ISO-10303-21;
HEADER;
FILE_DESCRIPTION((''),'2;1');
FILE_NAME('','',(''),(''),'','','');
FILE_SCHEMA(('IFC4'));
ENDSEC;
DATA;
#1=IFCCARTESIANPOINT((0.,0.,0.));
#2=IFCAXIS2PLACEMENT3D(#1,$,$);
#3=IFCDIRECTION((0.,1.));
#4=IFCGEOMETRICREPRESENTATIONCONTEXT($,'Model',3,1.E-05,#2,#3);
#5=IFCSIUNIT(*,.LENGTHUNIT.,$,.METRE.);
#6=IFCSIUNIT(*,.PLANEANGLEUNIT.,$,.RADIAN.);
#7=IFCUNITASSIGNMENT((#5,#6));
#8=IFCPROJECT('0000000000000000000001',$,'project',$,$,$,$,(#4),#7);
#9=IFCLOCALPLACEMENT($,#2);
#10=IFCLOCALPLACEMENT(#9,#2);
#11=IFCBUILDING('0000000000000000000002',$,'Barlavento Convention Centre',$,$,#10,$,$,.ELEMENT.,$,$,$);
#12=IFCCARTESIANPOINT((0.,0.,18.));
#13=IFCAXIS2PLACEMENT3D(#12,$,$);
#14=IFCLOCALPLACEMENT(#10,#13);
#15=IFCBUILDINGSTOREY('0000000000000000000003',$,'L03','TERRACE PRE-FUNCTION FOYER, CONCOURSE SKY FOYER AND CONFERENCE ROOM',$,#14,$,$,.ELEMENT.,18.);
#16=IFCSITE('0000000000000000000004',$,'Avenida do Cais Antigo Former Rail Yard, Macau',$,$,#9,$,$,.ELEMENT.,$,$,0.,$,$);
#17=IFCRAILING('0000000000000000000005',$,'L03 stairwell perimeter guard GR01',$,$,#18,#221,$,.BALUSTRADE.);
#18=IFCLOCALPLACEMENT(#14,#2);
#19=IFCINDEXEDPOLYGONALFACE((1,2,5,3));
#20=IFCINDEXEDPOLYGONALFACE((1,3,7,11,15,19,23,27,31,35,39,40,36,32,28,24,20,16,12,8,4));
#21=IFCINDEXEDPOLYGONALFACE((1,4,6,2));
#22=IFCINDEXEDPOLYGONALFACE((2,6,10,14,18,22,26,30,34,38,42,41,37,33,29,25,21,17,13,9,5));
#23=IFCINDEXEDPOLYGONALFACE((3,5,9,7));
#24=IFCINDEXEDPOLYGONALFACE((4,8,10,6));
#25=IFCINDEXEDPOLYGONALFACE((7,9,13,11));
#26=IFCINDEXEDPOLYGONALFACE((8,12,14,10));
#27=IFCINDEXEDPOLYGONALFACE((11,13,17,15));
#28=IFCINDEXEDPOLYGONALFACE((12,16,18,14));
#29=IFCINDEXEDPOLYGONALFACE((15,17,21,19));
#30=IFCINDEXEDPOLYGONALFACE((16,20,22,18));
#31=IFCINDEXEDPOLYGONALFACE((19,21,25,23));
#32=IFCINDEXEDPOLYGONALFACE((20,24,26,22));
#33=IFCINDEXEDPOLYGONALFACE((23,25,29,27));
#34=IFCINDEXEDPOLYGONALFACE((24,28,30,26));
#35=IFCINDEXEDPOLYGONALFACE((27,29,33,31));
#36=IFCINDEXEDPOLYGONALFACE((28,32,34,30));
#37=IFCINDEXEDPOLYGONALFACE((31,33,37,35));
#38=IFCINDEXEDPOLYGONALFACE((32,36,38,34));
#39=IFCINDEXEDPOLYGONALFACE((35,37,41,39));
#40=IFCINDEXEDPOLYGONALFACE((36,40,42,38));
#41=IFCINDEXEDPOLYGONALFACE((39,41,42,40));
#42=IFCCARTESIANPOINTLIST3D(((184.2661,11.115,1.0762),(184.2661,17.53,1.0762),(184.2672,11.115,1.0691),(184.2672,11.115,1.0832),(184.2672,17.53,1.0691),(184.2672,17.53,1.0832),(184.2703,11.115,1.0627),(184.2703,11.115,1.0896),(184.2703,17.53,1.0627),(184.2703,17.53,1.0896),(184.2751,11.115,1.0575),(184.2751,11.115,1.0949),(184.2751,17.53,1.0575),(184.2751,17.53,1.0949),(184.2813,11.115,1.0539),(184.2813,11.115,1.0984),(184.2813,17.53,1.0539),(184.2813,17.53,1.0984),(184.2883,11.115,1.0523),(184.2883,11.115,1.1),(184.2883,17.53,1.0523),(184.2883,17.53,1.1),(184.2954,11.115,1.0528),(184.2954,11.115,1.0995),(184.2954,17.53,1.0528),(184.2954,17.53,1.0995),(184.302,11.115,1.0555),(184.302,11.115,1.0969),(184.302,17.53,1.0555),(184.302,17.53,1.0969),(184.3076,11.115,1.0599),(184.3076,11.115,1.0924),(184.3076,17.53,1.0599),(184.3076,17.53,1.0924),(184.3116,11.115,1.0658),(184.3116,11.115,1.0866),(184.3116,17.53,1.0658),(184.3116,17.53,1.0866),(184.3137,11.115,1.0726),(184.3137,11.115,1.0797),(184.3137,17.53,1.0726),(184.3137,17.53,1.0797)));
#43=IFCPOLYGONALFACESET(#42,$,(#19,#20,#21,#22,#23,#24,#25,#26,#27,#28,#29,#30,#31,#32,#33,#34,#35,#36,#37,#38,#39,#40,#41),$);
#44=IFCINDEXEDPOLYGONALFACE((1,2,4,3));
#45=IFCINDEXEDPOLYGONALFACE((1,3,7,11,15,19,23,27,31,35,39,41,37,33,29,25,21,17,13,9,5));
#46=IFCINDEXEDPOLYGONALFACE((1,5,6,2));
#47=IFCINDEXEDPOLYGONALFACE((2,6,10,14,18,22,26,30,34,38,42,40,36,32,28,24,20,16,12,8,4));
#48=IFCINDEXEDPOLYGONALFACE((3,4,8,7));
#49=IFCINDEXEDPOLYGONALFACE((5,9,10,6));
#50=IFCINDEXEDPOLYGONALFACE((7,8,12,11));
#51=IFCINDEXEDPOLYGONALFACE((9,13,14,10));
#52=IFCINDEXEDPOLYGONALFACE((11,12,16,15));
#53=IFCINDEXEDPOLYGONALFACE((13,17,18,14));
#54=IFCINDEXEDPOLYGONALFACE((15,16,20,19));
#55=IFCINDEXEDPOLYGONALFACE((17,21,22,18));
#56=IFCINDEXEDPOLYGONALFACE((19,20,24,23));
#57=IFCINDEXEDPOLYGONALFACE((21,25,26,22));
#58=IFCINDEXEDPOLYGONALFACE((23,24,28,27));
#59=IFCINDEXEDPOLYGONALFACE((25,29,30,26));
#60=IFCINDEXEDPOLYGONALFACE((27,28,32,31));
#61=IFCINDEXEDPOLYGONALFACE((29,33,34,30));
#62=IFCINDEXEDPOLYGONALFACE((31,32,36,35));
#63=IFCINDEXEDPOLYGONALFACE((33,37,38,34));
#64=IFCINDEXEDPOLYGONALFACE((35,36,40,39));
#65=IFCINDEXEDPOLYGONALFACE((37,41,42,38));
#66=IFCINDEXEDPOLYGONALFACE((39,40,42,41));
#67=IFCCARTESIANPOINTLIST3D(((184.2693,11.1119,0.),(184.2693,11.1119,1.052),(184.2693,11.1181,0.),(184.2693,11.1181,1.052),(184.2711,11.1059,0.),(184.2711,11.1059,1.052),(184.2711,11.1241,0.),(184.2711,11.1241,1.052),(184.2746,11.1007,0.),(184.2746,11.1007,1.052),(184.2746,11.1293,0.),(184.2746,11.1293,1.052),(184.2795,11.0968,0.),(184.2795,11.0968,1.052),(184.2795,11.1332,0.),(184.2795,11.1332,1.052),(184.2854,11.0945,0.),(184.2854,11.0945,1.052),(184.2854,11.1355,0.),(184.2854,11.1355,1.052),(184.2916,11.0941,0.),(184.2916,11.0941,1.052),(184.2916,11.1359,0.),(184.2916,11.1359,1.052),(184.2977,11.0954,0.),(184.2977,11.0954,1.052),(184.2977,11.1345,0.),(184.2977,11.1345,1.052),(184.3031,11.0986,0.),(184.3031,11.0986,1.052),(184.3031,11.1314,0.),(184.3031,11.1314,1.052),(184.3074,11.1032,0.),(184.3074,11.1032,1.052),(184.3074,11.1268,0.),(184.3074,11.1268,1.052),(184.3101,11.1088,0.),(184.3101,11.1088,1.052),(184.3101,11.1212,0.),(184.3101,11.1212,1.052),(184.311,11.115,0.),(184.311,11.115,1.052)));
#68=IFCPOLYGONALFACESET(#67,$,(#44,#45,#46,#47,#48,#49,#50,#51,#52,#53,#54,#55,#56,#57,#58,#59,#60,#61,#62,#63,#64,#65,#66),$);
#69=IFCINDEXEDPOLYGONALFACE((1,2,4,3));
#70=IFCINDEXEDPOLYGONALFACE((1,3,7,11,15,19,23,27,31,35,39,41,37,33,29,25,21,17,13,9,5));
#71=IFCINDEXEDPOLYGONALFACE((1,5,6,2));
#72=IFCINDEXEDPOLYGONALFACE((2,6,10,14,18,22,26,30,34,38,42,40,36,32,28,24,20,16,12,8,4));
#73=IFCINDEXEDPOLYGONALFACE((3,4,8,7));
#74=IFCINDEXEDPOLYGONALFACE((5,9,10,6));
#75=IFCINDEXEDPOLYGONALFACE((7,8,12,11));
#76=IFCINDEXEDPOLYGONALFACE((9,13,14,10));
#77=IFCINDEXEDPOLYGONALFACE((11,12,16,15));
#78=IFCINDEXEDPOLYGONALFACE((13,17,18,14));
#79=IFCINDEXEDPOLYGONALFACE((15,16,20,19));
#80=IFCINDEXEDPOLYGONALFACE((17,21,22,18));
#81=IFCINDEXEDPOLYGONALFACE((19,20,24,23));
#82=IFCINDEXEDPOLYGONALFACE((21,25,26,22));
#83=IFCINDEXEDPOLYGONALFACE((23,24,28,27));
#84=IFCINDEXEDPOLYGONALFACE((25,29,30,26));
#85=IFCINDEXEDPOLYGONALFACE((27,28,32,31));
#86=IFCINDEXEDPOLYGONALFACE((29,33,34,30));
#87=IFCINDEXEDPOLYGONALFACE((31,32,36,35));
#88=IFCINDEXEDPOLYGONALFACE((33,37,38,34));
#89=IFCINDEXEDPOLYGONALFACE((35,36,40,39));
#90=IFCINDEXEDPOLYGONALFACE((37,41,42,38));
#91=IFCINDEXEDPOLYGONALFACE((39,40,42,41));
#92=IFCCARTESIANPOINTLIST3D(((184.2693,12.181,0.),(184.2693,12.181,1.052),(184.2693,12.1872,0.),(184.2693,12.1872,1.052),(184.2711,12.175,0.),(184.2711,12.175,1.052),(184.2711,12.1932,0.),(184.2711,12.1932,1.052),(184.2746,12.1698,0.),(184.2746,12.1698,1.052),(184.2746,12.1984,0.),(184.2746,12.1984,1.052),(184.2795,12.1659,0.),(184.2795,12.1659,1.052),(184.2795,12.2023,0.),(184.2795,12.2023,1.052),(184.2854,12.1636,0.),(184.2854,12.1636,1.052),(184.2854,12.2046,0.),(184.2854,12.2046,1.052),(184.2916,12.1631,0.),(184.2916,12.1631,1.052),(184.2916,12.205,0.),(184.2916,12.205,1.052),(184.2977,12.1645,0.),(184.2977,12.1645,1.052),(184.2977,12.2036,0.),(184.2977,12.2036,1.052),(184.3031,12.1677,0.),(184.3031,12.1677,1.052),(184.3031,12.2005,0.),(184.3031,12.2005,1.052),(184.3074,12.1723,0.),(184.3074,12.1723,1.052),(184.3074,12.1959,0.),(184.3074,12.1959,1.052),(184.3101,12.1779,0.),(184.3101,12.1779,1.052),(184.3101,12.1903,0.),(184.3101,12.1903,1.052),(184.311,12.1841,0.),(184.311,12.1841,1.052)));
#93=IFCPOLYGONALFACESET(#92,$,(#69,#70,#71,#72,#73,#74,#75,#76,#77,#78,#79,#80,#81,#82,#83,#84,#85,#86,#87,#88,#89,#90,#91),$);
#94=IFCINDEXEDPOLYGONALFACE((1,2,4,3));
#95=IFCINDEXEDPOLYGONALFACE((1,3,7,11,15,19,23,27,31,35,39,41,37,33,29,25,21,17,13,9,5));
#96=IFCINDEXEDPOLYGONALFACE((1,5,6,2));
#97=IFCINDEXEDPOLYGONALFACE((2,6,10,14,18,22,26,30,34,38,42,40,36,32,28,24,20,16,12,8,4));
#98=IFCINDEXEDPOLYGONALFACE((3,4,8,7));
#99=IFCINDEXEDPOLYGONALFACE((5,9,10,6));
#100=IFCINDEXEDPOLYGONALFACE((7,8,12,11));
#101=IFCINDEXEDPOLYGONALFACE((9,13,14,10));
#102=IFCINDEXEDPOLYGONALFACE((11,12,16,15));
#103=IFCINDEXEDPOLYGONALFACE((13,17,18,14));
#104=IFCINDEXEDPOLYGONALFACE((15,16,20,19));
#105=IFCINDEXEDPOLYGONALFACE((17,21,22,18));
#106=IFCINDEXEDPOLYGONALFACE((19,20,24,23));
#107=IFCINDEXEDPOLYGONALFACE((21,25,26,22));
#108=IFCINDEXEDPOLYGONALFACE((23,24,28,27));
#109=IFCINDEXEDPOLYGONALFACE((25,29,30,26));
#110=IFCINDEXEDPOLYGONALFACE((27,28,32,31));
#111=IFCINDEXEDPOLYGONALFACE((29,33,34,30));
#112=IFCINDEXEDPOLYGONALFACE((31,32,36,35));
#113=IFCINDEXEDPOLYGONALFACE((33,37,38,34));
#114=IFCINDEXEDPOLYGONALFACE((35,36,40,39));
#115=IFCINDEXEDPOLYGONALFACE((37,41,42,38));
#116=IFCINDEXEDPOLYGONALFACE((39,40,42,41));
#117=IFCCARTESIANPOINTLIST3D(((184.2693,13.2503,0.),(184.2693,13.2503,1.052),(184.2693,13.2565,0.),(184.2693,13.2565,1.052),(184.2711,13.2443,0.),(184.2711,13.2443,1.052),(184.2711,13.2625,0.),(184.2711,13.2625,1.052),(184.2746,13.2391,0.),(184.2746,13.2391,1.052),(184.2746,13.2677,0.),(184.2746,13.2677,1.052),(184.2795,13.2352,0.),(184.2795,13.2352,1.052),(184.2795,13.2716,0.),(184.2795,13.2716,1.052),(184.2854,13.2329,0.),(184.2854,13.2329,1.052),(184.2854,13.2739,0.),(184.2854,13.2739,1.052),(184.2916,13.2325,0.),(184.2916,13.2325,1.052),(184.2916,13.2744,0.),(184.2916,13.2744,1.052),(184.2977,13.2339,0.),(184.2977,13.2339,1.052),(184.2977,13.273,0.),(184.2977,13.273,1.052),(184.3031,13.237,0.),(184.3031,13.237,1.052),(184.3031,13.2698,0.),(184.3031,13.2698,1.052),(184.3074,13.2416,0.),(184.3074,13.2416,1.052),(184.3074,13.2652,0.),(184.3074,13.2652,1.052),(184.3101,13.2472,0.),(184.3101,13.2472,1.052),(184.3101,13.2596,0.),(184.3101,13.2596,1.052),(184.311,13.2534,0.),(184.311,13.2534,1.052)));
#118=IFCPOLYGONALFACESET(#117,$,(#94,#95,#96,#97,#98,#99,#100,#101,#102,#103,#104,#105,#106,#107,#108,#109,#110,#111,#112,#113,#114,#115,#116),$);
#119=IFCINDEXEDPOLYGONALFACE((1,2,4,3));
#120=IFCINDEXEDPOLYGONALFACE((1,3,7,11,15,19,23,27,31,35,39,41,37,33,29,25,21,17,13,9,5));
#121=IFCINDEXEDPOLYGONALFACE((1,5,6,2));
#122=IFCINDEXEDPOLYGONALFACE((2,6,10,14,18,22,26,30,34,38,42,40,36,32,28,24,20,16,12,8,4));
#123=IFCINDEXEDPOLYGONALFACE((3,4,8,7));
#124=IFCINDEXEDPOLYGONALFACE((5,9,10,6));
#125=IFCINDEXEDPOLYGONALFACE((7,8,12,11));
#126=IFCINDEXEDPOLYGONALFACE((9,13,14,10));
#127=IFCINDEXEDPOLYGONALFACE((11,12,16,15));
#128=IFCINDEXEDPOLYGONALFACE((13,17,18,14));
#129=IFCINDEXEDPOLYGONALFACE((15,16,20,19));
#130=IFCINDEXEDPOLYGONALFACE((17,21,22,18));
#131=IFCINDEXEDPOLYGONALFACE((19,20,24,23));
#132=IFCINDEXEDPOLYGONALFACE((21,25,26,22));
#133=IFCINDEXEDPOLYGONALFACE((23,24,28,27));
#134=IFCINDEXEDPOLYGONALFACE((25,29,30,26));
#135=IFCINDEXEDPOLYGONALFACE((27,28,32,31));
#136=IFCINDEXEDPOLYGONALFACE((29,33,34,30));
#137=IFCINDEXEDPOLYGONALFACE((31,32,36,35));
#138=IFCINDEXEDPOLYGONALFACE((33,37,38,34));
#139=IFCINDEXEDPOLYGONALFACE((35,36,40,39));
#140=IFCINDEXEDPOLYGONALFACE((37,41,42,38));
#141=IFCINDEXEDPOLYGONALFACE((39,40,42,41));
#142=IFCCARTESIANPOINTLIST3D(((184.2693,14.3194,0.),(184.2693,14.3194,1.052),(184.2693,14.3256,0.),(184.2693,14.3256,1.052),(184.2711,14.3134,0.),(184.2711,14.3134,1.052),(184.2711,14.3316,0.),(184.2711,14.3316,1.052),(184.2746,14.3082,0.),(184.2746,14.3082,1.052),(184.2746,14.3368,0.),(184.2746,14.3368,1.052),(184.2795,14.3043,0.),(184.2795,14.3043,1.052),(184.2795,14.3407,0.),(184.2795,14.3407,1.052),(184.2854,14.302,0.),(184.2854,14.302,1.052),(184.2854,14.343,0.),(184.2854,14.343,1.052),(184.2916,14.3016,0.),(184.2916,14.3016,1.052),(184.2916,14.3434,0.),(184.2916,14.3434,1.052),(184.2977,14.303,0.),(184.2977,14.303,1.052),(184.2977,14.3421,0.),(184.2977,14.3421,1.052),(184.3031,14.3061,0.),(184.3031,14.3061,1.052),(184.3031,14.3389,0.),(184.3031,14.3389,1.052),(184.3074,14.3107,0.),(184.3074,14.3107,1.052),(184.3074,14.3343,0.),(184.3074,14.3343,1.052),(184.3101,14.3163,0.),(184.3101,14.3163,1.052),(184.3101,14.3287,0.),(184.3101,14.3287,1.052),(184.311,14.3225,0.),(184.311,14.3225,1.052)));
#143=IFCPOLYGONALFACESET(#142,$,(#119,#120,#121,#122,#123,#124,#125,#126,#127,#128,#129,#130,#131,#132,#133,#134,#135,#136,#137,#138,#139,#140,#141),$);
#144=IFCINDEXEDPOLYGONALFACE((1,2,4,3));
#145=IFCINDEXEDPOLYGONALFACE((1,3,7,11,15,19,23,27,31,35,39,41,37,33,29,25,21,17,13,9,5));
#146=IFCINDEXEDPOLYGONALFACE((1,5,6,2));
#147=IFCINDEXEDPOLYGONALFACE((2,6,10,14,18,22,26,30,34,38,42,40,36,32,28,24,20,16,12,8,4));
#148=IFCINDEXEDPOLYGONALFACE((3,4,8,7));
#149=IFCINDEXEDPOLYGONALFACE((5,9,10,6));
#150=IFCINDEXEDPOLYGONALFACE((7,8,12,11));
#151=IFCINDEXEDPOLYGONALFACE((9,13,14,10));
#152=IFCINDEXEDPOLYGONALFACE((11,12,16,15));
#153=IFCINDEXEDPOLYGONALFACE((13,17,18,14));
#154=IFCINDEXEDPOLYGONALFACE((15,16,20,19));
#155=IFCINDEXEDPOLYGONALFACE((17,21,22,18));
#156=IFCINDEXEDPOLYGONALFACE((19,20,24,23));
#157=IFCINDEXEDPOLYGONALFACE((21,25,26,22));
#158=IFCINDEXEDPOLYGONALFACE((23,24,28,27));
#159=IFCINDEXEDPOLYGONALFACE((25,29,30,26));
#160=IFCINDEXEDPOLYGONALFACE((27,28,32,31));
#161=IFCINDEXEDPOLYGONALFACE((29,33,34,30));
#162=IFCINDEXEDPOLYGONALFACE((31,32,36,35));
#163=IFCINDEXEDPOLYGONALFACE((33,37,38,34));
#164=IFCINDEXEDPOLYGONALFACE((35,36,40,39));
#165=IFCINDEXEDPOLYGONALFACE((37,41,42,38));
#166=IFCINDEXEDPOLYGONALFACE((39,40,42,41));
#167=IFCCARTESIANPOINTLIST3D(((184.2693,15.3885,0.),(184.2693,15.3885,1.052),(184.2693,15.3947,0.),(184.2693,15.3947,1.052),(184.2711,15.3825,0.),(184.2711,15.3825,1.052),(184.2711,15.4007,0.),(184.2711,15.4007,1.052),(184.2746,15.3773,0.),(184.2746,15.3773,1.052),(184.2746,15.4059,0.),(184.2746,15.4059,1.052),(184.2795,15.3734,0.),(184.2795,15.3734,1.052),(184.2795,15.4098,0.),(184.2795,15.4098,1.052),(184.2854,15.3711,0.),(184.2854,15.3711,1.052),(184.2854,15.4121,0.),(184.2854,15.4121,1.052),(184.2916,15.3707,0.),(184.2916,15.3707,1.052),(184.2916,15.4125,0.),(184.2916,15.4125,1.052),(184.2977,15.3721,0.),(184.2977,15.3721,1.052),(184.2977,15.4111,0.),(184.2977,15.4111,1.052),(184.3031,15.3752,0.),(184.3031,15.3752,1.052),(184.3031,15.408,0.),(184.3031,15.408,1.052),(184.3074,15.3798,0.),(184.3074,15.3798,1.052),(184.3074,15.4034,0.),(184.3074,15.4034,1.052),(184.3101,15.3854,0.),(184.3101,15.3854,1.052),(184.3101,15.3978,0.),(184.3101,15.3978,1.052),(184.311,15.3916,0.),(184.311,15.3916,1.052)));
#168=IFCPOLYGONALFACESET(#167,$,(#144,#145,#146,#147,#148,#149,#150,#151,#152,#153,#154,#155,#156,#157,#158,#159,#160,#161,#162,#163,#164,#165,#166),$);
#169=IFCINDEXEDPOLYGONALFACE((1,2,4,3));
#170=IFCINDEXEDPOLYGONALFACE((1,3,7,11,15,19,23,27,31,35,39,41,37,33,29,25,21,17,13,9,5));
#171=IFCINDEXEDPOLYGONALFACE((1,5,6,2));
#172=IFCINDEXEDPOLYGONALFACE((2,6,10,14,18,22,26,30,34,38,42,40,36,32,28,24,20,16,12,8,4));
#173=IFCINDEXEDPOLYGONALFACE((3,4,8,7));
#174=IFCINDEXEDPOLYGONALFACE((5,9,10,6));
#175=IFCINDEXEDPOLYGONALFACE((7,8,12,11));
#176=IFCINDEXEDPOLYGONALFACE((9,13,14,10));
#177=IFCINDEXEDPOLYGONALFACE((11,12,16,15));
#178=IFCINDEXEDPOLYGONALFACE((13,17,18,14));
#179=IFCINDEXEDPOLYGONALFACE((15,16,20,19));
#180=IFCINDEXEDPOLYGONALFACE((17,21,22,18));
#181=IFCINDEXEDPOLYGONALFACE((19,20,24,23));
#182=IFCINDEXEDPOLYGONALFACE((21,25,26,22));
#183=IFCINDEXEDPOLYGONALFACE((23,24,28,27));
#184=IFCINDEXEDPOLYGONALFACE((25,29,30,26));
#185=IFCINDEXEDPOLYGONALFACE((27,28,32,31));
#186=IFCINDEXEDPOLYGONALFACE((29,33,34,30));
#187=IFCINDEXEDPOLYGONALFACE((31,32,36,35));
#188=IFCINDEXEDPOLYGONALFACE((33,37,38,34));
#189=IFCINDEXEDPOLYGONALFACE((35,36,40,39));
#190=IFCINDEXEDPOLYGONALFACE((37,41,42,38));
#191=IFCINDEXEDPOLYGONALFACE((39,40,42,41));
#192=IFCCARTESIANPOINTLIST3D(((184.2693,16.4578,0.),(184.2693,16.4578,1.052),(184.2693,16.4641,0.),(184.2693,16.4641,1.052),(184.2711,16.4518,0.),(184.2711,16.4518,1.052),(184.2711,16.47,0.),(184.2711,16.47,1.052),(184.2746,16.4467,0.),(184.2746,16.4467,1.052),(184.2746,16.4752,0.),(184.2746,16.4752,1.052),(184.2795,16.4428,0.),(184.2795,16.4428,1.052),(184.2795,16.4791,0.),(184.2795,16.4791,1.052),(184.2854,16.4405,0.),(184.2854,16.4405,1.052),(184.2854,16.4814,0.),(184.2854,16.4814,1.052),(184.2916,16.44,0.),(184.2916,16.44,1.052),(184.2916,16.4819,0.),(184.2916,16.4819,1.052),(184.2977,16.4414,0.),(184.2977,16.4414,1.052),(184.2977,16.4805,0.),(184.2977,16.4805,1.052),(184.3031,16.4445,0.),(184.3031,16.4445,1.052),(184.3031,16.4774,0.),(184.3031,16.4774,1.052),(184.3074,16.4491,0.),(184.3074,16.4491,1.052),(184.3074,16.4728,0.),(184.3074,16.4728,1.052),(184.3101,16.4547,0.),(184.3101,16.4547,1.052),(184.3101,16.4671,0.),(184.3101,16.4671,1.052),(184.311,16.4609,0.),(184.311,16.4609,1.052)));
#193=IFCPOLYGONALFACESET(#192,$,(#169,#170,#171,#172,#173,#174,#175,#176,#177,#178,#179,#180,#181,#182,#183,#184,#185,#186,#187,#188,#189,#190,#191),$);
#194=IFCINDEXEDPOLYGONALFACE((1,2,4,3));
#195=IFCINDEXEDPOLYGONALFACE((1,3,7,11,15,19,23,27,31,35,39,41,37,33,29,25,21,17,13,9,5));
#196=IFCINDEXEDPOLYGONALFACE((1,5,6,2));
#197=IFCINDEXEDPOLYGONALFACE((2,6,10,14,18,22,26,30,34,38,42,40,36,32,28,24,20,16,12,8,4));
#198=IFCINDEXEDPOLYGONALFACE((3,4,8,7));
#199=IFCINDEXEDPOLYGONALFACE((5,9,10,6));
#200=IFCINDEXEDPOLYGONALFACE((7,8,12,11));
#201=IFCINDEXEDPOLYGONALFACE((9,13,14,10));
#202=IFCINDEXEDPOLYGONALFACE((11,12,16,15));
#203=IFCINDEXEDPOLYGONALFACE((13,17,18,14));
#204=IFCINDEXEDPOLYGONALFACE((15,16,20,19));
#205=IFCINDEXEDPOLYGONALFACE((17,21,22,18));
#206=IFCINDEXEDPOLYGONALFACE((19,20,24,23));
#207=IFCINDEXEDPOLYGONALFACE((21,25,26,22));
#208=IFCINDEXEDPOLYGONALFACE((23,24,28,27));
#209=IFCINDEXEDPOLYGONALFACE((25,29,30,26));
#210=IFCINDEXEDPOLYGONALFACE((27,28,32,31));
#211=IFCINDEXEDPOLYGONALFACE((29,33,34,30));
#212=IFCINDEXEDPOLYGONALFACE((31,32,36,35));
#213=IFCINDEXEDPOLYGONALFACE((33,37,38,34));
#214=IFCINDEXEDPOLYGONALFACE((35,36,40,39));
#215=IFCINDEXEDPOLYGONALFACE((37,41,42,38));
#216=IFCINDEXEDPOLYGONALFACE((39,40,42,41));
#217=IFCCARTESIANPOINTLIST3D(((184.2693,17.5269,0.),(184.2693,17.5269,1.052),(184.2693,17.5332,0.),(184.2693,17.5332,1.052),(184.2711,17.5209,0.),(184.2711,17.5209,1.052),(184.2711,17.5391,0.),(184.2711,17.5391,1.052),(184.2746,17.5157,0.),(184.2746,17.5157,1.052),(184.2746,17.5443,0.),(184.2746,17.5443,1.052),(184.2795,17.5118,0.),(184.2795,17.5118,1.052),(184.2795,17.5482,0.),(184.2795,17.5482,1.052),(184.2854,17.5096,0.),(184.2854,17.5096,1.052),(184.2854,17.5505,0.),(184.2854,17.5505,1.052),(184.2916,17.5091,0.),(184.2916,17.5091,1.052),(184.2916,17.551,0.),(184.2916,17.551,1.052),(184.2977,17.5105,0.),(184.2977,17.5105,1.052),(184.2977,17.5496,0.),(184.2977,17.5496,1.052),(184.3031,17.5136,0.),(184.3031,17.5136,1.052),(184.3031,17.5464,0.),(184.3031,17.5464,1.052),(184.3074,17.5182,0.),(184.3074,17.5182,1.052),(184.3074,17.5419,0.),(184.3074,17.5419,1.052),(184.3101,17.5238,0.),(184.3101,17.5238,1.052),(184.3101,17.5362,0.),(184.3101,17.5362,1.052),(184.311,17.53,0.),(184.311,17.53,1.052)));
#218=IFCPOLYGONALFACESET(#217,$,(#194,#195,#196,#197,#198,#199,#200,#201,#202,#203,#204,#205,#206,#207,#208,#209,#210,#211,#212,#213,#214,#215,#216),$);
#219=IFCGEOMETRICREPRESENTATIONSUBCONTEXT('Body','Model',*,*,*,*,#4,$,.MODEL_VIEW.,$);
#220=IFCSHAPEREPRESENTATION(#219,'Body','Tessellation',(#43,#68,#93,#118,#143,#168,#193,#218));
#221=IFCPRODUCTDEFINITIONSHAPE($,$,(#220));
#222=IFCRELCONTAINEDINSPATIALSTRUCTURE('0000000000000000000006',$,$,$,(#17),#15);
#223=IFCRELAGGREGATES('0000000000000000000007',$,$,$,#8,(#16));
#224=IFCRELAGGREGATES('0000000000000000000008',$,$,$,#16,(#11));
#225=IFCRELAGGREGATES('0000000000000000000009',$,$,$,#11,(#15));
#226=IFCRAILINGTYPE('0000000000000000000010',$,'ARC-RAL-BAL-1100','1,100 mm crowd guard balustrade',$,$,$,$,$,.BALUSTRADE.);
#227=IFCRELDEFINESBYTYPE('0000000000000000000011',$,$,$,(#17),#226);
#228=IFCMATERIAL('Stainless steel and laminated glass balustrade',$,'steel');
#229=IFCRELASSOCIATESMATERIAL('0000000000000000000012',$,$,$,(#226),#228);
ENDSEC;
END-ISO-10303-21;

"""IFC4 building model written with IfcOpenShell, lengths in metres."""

from ifc_helpers import new_model, si_unit, direction, frame, origin, origin_2d, place, context, subcontext, project, spatial, circle, extrude, material, type_object, element, save


model = new_model("IFC4")

# Units and contexts
model_context = context("Model", 3, precision=1e-05, world=origin(), true_north=direction((0.0, 1.0)))
body_context = subcontext(model_context, "Body", "Model", "MODEL_VIEW")
ifc_project = project(units=[si_unit("LENGTHUNIT", "METRE"), si_unit("PLANEANGLEUNIT", "RADIAN")], contexts=[model_context])

# Site, building, storey
site_placement = place(None, origin())
site = spatial("IfcSite", under=ifc_project, at=site_placement, Name="Avenida do Cais Antigo Former Rail Yard, Macau", CompositionType="ELEMENT", RefElevation=0.0)
building_placement = place(site_placement, origin())
building = spatial("IfcBuilding", under=site, at=building_placement, Name="Barlavento Convention Centre", CompositionType="ELEMENT")
storey_placement = place(building_placement, frame((0.0, 0.0, 18.0)))
storey = spatial("IfcBuildingStorey", under=building, at=storey_placement, Name="L03", Description="TERRACE PRE-FUNCTION FOYER, CONCOURSE SKY FOYER AND CONFERENCE ROOM", CompositionType="ELEMENT", Elevation=18.0)

# Railing
ifc_material_1 = material(Name="Stainless steel and laminated glass balustrade", Category="steel")
railing_type = type_object("IfcRailingType", Name="ARC-RAL-BAL-1100", Description="1,100 mm crowd guard balustrade", PredefinedType="BALUSTRADE", material=ifc_material_1)
railing_1_placement = place(storey_placement, frame((184.29, 11.115, 0.0)))
element("IfcRailing", 1, at=railing_1_placement, inside=storey, type_object=railing_type, Name="L03 stairwell perimeter guard GR01", PredefinedType="BALUSTRADE", context=body_context, shape_type="SweptSolid", body=[
    extrude(circle(Radius=0.0239, at=origin_2d()), frame((0.0, 0.0, 1.0762), z_axis=(0.0, 1.0, 0.0), x_axis=(-1.0, 0.0, 0.0)), (0.0, 0.0, 1.0), 6.415),
    extrude(circle(Radius=0.021, at=origin_2d()), origin(), (0.0, 0.0, 1.0), 1.052),
    extrude(circle(Radius=0.021, at=origin_2d()), frame((0.0, 1.0691, 0.0)), (0.0, 0.0, 1.0), 1.052),
    extrude(circle(Radius=0.021, at=origin_2d()), frame((0.0, 2.1384, 0.0)), (0.0, 0.0, 1.0), 1.052),
    extrude(circle(Radius=0.021, at=origin_2d()), frame((0.0, 3.2075, 0.0)), (0.0, 0.0, 1.0), 1.052),
    extrude(circle(Radius=0.021, at=origin_2d()), frame((0.0, 4.2766, 0.0)), (0.0, 0.0, 1.0), 1.052),
    extrude(circle(Radius=0.021, at=origin_2d()), frame((0.0, 5.3459, 0.0)), (0.0, 0.0, 1.0), 1.052),
    extrude(circle(Radius=0.021, at=origin_2d()), frame((0.0, 6.415, 0.0)), (0.0, 0.0, 1.0), 1.052),
])

save(model, "model.ifc")
